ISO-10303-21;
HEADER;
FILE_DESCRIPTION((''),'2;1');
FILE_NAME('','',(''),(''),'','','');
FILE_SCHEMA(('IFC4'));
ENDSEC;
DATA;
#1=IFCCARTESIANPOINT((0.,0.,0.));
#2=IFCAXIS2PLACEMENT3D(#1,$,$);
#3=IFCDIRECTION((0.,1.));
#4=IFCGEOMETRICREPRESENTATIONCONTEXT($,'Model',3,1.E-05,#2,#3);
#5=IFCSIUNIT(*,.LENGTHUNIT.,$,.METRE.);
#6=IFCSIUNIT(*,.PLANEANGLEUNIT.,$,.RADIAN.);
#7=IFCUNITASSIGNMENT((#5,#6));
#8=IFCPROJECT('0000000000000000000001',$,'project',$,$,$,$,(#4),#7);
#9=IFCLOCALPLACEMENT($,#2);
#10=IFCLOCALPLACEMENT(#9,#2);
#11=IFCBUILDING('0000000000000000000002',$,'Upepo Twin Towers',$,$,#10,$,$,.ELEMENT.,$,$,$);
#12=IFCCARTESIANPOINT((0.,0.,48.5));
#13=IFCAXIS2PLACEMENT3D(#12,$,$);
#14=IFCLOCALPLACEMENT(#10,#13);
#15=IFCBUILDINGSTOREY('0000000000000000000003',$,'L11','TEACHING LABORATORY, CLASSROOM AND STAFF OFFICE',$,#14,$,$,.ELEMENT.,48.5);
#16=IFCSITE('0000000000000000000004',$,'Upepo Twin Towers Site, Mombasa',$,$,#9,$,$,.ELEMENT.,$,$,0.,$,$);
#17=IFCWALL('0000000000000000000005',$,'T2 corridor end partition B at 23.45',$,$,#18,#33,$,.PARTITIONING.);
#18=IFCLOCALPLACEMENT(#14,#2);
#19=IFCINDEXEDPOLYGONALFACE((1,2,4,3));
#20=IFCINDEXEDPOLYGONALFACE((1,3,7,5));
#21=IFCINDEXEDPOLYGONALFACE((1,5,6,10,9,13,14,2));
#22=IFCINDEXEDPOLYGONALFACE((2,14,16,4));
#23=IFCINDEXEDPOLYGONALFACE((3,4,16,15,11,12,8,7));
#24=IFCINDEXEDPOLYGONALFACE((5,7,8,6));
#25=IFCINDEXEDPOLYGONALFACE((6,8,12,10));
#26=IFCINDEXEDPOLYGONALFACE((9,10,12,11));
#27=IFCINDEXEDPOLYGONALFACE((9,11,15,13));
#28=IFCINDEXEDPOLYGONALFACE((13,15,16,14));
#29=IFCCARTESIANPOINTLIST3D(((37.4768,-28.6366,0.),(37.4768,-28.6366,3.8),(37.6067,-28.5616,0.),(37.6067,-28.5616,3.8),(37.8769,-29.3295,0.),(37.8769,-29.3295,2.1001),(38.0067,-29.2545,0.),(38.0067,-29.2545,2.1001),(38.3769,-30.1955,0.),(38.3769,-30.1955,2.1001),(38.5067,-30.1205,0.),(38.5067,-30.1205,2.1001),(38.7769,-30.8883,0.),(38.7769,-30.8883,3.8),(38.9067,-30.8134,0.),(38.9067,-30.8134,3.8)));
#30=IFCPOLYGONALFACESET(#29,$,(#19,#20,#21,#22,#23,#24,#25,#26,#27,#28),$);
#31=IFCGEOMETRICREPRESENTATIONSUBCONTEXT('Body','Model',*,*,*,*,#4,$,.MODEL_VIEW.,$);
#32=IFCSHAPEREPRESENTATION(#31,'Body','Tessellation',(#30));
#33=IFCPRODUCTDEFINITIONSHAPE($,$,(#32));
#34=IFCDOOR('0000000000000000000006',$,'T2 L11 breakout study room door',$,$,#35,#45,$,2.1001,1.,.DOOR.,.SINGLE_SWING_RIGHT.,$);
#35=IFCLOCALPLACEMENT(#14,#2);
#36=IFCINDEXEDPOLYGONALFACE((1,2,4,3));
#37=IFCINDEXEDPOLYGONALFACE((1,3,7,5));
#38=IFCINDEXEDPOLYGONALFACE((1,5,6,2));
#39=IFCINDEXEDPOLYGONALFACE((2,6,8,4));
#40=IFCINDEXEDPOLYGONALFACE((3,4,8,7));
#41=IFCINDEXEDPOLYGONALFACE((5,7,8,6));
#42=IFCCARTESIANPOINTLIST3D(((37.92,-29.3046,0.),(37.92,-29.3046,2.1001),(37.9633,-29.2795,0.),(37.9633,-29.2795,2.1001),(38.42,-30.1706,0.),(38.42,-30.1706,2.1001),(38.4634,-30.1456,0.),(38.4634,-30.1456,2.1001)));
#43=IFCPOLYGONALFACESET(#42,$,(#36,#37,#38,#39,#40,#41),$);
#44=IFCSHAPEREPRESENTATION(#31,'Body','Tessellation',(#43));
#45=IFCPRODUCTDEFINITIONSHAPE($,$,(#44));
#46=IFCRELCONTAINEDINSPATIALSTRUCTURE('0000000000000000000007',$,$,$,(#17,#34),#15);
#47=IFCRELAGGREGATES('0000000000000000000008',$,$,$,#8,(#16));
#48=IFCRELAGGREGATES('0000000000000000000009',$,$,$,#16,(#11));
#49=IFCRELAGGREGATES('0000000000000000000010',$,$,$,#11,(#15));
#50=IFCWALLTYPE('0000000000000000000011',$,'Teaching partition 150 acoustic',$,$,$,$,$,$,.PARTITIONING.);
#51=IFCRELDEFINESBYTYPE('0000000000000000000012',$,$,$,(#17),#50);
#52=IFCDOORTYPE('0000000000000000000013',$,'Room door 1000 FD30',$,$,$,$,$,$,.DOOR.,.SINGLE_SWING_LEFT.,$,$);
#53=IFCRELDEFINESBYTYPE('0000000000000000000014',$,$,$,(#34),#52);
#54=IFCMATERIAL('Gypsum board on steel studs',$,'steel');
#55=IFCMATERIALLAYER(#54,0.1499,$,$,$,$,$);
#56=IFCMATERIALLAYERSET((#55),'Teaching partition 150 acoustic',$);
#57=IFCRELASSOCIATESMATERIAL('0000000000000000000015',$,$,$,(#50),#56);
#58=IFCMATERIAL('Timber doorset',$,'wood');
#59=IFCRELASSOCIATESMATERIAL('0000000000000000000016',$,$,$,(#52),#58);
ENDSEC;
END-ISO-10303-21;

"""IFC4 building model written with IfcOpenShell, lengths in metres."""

from ifc_helpers import new_model, si_unit, direction, frame, frame_2d, origin, place, context, subcontext, project, spatial, rectangle, extrude, material, layer, layer_set, type_object, element, fill, save


model = new_model("IFC4")

# Units and contexts
model_context = context("Model", 3, precision=1e-05, world=origin(), true_north=direction((0.0, 1.0)))
body_context = subcontext(model_context, "Body", "Model", "MODEL_VIEW")
ifc_project = project(units=[si_unit("LENGTHUNIT", "METRE"), si_unit("PLANEANGLEUNIT", "RADIAN")], contexts=[model_context])

# Site, building, storey
site_placement = place(None, origin())
site = spatial("IfcSite", under=ifc_project, at=site_placement, Name="Upepo Twin Towers Site, Mombasa", CompositionType="ELEMENT", RefElevation=0.0)
building_placement = place(site_placement, origin())
building = spatial("IfcBuilding", under=site, at=building_placement, Name="Upepo Twin Towers", CompositionType="ELEMENT")
storey_placement = place(building_placement, frame((0.0, 0.0, 48.5)))
storey = spatial("IfcBuildingStorey", under=building, at=storey_placement, Name="L11", Description="TEACHING LABORATORY, CLASSROOM AND STAFF OFFICE", CompositionType="ELEMENT", Elevation=48.5)

# Shared definitions
ifc_material_1 = material(Name="Gypsum board on steel studs", Category="steel")
ifc_layer_1 = layer(ifc_material_1, 0.1499)
ifc_layer_set_1 = layer_set([ifc_layer_1], Name="Teaching partition 150 acoustic")
wall_type_1 = type_object("IfcWallType", Name="Teaching partition 150 acoustic", PredefinedType="PARTITIONING", material=ifc_layer_set_1)

# Shared definitions
ifc_material_2 = material(Name="Timber doorset", Category="wood")
door_type = type_object("IfcDoorType", Name="Room door 1000 FD30", OperationType="SINGLE_SWING_LEFT", PredefinedType="DOOR", material=ifc_material_2)

# Wall, opening, door
wall_1_placement = place(storey_placement, frame((37.5417, -28.5991, 0.0), z_axis=(0.0, 0.0, 1.0), x_axis=(0.500007, -0.866021, 0.0)))
wall_1 = element("IfcWall", 1, at=wall_1_placement, inside=storey, type_object=wall_type_1, Name="T2 corridor end partition B at 23.45", PredefinedType="PARTITIONING", context=body_context, shape_type="SweptSolid", body=[
    extrude(rectangle(XDim=2.6001, YDim=0.1499, at=frame_2d((1.3, 0.0))), origin(), (0.0, 0.0, 1.0), 3.8),
])
opening_1_placement = place(wall_1_placement, frame((0.8, 0.0, 0.0)))
opening_1 = element("IfcOpeningElement", 2, at=opening_1_placement, cuts=wall_1, PredefinedType="OPENING", context=body_context, shape_type="SweptSolid", body=[
    extrude(rectangle(XDim=1.0, YDim=2.1001, at=frame_2d((0.5, 1.05))), frame((0.0, 0.085, 0.0), z_axis=(0.0, -1.0, 0.0), x_axis=(1.0, 0.0, 0.0)), (0.0, 0.0, 1.0), 0.1699),
])
door_1_placement = place(opening_1_placement, origin())
door_1 = element("IfcDoor", 3, at=door_1_placement, inside=storey, type_object=door_type, Name="T2 L11 breakout study room door", OperationType="SINGLE_SWING_RIGHT", OverallHeight=2.1001, OverallWidth=1.0, PredefinedType="DOOR", context=body_context, shape_type="SweptSolid", body=[
    extrude(rectangle(XDim=1.0, YDim=2.1001, at=frame_2d((0.5, 1.05))), frame((0.0, 0.0249, 0.0), z_axis=(0.0, -1.0, 0.0), x_axis=(1.0, 0.0, 0.0)), (0.0, 0.0, 1.0), 0.05),
])
fill(opening_1, door_1)

save(model, "model.ifc")
